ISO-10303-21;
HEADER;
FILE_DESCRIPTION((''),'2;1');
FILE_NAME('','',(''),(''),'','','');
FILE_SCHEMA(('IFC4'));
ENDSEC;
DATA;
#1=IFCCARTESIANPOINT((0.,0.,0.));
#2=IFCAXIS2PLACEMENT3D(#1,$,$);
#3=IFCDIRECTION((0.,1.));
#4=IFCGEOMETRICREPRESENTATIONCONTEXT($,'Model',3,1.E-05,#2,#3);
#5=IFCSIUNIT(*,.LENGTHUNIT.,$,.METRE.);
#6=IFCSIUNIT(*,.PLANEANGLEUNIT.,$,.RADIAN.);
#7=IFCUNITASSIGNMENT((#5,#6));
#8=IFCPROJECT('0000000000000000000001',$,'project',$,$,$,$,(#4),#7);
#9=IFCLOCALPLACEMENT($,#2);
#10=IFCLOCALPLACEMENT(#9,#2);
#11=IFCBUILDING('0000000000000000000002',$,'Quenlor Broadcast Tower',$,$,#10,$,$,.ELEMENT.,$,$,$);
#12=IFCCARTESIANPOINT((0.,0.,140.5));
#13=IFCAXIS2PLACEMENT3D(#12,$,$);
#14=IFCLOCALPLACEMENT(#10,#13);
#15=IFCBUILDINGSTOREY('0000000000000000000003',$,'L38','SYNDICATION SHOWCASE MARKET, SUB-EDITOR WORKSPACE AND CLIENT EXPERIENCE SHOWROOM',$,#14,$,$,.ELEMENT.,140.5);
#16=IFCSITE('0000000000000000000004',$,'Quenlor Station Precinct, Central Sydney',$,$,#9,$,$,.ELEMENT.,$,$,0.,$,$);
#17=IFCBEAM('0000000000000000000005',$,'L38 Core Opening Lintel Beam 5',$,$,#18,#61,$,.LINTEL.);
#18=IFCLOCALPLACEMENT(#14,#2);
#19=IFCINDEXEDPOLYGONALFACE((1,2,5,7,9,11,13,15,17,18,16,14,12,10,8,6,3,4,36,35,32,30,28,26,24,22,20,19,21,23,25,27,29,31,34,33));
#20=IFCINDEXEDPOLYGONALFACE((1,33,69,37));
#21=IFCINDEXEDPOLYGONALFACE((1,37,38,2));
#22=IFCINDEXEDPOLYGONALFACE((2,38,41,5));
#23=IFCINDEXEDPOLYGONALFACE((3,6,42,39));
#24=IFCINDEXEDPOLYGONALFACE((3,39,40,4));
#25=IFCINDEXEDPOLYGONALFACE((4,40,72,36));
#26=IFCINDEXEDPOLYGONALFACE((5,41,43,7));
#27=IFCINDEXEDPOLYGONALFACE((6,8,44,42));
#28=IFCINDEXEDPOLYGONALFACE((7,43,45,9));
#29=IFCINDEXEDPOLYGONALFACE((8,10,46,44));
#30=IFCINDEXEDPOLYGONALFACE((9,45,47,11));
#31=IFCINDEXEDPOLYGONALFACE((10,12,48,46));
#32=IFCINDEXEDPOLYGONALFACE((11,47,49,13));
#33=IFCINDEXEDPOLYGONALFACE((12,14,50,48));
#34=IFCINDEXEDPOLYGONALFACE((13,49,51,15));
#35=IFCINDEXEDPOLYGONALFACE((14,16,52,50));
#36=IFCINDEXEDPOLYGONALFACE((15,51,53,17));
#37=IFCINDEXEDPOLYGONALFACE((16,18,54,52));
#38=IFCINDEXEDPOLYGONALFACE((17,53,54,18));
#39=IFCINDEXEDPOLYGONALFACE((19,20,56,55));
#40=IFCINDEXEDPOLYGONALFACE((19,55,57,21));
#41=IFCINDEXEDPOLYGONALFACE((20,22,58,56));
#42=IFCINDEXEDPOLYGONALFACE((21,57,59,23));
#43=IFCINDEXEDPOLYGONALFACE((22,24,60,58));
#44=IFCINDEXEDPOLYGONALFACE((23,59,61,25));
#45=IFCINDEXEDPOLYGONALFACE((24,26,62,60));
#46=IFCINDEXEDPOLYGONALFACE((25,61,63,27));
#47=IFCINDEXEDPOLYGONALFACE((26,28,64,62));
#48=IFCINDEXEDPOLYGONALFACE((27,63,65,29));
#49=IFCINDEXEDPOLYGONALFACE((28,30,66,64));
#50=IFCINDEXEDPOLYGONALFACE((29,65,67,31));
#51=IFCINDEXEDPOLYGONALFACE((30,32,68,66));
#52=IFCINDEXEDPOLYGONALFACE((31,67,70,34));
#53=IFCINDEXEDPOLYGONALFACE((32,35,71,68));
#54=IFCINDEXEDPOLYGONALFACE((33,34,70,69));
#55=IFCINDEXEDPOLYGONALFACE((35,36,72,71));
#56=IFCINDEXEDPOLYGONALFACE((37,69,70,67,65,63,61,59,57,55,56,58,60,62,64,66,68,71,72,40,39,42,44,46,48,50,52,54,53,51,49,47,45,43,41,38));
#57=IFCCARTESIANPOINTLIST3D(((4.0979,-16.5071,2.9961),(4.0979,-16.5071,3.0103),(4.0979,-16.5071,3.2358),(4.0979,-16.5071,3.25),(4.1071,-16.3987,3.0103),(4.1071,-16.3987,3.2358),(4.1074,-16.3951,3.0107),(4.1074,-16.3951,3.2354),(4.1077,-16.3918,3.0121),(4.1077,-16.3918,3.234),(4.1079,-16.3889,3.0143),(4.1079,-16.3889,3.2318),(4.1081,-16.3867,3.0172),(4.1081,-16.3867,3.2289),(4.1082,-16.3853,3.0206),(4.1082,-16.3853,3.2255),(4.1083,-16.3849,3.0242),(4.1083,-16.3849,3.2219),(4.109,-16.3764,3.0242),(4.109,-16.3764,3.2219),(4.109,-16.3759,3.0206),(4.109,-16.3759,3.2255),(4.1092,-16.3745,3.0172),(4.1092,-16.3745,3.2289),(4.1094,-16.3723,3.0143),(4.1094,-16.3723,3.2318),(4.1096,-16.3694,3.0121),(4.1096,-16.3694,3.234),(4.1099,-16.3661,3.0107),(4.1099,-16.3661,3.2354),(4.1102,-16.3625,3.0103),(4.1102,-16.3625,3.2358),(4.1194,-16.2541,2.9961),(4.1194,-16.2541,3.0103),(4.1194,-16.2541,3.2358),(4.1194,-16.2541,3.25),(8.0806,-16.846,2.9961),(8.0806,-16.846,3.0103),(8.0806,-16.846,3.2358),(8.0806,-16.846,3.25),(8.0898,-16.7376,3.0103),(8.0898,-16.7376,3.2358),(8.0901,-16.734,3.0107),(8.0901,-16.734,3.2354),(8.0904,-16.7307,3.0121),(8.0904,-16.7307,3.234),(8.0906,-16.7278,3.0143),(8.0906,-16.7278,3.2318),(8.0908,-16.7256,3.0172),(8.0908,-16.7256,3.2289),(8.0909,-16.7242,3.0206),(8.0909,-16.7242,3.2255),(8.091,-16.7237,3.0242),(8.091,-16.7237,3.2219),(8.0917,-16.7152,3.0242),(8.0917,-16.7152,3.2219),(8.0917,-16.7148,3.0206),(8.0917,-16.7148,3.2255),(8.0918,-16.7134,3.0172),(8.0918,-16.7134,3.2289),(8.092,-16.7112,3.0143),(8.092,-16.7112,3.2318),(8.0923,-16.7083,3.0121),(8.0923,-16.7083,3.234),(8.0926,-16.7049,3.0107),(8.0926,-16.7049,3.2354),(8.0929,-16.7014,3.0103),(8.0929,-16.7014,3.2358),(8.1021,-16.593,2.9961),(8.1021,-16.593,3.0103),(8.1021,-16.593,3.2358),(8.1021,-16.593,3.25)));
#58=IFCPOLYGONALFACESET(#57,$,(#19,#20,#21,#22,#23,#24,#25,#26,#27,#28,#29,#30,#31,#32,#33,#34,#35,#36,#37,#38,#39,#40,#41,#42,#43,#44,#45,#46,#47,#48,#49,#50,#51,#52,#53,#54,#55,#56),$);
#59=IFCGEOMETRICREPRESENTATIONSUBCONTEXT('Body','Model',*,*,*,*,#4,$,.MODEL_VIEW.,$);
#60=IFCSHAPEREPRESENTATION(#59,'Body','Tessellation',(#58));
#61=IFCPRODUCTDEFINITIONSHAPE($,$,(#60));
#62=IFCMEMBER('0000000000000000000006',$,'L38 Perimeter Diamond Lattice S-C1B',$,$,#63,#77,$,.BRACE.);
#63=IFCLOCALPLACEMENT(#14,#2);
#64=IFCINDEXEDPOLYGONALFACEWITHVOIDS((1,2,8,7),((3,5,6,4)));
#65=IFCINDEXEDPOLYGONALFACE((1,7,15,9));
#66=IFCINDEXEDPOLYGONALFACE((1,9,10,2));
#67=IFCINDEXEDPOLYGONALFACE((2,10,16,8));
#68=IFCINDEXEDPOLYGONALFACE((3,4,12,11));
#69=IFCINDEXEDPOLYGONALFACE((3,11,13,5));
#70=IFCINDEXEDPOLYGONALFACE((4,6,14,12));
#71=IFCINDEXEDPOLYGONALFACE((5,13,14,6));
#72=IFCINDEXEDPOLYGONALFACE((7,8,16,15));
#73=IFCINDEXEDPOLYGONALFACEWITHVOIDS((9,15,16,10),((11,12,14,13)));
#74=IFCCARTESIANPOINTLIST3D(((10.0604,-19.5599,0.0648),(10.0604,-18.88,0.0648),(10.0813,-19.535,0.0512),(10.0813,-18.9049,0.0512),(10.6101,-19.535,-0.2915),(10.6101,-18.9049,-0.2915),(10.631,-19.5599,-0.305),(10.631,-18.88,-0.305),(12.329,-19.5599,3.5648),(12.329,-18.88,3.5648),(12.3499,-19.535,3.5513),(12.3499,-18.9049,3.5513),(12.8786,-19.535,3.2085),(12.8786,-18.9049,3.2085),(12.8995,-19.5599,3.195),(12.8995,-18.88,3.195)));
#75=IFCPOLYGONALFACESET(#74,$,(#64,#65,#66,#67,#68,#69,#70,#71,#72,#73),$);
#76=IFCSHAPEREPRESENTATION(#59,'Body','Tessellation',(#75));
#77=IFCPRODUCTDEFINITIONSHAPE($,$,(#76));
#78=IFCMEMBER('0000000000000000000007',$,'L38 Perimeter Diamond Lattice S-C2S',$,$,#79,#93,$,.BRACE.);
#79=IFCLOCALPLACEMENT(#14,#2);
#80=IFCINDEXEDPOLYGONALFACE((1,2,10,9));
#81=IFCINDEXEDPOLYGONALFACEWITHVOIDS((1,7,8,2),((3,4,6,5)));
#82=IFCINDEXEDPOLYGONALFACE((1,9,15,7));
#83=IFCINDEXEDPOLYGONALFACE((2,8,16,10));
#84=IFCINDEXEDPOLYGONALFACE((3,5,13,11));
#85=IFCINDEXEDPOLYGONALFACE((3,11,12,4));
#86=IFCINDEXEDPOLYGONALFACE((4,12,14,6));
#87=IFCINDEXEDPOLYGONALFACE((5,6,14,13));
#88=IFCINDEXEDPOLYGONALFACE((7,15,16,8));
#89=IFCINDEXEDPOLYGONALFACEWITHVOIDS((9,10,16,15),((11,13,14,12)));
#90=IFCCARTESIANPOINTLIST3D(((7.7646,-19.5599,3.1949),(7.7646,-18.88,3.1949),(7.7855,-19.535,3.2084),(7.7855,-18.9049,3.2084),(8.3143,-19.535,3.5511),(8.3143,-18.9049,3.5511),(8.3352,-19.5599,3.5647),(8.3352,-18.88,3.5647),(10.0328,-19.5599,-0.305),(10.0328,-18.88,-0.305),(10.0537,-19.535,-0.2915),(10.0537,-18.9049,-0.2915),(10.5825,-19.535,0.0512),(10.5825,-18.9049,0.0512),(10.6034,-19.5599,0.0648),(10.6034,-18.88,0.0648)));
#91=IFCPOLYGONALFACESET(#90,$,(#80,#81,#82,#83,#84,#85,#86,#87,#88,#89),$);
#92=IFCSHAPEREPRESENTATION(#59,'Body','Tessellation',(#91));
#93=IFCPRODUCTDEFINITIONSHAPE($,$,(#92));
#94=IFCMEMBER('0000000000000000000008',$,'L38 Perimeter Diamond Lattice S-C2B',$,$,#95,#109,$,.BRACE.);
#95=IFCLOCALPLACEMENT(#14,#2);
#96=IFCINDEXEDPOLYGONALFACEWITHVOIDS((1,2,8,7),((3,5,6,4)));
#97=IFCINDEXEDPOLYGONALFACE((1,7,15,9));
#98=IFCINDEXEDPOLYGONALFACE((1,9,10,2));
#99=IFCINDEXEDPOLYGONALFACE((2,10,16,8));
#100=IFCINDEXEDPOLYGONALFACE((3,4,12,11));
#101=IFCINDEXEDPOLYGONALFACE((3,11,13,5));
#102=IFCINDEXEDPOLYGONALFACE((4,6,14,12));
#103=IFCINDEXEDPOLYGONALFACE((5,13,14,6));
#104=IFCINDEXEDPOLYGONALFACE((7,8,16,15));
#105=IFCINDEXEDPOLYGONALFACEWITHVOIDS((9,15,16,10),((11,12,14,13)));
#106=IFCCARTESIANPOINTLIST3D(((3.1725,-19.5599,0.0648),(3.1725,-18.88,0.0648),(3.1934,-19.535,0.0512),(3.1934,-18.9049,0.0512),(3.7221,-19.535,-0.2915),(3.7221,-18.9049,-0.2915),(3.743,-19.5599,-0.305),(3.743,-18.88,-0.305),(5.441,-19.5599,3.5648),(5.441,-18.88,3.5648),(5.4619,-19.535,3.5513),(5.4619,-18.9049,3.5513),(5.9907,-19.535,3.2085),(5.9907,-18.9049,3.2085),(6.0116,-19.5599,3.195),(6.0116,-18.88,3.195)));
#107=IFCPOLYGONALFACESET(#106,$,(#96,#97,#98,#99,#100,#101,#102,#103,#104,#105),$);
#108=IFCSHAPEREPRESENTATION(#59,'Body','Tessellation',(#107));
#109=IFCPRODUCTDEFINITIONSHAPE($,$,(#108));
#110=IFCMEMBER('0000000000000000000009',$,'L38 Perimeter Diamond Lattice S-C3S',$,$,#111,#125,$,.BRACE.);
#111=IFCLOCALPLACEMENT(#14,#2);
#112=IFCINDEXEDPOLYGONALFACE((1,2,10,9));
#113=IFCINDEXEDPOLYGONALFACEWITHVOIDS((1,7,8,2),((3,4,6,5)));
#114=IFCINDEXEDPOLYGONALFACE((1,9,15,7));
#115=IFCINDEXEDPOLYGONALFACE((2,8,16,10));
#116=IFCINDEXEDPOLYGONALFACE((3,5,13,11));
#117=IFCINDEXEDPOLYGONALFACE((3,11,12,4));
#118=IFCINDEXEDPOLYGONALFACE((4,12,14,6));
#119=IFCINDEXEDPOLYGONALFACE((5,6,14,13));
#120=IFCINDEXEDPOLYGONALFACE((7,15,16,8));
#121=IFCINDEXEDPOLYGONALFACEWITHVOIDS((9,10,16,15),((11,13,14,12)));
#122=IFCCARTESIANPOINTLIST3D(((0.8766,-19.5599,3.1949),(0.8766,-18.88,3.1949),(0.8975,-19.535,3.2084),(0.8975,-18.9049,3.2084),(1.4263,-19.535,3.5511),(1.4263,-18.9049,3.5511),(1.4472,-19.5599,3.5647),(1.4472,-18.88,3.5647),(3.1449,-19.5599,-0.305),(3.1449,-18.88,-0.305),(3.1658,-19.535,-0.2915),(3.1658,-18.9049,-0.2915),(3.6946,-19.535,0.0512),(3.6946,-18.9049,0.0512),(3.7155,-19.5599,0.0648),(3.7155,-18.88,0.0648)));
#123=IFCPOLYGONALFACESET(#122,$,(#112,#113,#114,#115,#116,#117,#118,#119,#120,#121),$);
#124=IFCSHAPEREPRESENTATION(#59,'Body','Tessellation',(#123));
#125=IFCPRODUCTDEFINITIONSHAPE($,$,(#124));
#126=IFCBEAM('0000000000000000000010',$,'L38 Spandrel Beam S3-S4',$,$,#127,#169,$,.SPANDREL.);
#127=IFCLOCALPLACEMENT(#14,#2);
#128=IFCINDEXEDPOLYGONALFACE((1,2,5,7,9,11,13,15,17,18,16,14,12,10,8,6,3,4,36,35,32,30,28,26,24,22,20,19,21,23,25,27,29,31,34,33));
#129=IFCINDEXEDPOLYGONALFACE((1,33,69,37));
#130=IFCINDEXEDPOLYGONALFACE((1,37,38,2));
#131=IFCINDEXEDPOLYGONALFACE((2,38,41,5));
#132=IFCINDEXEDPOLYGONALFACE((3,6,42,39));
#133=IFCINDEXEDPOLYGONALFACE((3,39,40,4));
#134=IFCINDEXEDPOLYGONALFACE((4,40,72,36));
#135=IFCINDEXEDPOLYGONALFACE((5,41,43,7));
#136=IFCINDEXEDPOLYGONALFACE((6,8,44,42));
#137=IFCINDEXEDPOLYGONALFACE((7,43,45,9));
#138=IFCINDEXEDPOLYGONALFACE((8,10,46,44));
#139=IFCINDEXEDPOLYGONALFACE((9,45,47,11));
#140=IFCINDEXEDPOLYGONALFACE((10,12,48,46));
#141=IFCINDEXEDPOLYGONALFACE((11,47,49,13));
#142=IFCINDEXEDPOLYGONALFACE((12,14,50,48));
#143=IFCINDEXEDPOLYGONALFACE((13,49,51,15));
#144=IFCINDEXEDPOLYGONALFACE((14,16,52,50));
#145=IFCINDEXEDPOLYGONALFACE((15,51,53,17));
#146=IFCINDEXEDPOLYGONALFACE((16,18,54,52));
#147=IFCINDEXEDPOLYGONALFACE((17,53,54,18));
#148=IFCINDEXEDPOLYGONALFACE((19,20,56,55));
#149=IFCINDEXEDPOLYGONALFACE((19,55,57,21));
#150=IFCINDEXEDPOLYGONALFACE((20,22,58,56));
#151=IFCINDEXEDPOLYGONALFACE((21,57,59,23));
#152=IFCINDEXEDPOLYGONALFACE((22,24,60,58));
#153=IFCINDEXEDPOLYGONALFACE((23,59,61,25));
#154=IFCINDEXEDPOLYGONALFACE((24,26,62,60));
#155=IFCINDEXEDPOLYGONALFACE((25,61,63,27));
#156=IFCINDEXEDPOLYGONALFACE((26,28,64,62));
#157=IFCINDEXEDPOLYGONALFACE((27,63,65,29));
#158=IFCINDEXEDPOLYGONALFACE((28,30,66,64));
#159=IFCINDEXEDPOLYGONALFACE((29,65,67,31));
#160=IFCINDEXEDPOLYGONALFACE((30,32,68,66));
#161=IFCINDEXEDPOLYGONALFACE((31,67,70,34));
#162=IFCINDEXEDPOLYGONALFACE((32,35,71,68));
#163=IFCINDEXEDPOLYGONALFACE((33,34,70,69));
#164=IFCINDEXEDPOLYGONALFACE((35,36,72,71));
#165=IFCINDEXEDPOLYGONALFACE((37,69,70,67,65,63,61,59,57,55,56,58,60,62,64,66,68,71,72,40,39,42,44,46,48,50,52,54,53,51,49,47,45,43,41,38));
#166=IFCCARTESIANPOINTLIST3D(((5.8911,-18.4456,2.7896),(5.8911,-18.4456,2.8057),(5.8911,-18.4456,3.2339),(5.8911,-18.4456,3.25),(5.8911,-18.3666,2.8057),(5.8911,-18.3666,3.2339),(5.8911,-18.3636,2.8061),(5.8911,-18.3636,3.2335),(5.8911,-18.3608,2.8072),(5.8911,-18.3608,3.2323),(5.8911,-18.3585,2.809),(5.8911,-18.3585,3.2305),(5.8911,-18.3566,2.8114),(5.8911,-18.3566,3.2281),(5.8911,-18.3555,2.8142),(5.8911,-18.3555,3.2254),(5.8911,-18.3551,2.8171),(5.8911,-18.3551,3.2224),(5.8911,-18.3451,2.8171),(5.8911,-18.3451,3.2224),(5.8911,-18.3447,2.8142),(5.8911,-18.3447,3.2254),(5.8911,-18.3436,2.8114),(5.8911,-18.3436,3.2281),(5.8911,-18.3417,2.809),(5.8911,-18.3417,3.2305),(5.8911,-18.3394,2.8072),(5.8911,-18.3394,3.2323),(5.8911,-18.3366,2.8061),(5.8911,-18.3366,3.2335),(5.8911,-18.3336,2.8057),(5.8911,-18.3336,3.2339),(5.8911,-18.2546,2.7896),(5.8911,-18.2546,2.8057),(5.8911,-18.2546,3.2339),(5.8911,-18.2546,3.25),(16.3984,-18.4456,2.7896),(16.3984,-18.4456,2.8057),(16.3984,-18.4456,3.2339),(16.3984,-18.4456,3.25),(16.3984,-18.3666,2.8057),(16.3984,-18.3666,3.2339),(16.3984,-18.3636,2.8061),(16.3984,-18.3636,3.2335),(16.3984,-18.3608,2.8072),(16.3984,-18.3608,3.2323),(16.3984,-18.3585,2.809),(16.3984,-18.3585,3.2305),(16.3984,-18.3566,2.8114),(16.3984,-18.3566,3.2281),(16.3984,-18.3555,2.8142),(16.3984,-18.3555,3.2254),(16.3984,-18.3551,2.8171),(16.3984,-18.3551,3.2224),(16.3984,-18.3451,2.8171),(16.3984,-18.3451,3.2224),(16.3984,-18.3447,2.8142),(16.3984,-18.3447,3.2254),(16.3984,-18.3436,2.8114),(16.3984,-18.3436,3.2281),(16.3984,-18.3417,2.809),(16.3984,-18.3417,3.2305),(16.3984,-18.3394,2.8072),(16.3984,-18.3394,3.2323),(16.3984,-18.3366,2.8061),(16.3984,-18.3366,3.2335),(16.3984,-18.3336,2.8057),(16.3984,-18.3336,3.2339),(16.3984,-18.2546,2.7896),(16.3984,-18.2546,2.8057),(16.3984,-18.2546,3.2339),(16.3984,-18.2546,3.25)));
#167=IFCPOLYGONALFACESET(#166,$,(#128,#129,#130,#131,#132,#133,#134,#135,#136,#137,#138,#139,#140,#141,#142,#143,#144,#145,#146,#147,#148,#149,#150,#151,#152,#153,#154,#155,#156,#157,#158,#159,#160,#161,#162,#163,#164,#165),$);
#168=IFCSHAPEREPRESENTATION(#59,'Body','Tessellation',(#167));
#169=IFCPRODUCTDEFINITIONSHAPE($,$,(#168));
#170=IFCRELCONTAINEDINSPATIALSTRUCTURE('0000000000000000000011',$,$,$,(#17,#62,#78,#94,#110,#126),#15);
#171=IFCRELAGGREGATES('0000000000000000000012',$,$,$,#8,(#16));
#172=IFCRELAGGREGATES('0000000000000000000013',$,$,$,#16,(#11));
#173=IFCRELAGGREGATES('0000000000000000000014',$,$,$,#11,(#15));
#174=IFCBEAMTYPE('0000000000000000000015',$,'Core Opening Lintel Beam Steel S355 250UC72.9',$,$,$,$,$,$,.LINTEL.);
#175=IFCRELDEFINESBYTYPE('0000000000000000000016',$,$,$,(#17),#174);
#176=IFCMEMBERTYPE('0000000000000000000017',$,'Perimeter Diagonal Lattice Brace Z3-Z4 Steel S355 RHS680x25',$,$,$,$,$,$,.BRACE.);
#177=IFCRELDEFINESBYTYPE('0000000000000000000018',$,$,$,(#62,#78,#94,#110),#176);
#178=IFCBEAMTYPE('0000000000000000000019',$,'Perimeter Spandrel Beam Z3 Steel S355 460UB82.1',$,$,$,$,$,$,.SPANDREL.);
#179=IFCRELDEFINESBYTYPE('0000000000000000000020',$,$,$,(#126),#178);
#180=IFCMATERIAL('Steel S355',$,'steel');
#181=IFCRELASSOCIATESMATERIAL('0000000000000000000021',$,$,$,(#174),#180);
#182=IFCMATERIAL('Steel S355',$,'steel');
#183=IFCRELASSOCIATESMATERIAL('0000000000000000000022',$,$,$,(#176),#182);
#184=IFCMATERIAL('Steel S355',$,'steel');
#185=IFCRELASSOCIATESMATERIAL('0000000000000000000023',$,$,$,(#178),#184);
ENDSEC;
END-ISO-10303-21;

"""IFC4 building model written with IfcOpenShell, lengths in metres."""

from ifc_helpers import new_model, si_unit, direction, frame, origin, origin_2d, place, context, subcontext, project, spatial, hollow_rectangle, i_section, extrude, material, material_profile, profile_set, type_object, element, save


model = new_model("IFC4")

# Units and contexts
model_context = context("Model", 3, precision=1e-05, world=origin(), true_north=direction((0.0, 1.0)))
body_context = subcontext(model_context, "Body", "Model", "MODEL_VIEW")
ifc_project = project(units=[si_unit("LENGTHUNIT", "METRE"), si_unit("PLANEANGLEUNIT", "RADIAN")], contexts=[model_context])

# Site, building, storey
site_placement = place(None, origin())
site = spatial("IfcSite", under=ifc_project, at=site_placement, Name="Quenlor Station Precinct, Central Sydney", CompositionType="ELEMENT", RefElevation=0.0)
building_placement = place(site_placement, origin())
building = spatial("IfcBuilding", under=site, at=building_placement, Name="Quenlor Broadcast Tower", CompositionType="ELEMENT")
storey_placement = place(building_placement, frame((0.0, 0.0, 140.5)))
storey = spatial("IfcBuildingStorey", under=building, at=storey_placement, Name="L38", Description="SYNDICATION SHOWCASE MARKET, SUB-EDITOR WORKSPACE AND CLIENT EXPERIENCE SHOWROOM", CompositionType="ELEMENT", Elevation=140.5)

# Beam
ifc_material_1 = material(Name="Steel S355", Category="steel")
ifc_material_profile_1 = material_profile(ifc_material_1, i_section(OverallWidth=0.2539, OverallDepth=0.2539, WebThickness=0.0085, FlangeThickness=0.0142, FilletRadius=0.0139, at=origin_2d()))
ifc_profile_set_1 = profile_set([ifc_material_profile_1], Name="Steel S355 250UC72.9")
beam_type_1 = type_object("IfcBeamType", Name="Core Opening Lintel Beam Steel S355 250UC72.9", PredefinedType="LINTEL", material=ifc_profile_set_1)
beam_1_placement = place(storey_placement, frame((4.1086, -16.3806, 3.123), z_axis=(0.9964, -0.084779, 0.0), x_axis=(0.084779, 0.9964, 0.0)))
element("IfcBeam", 1, at=beam_1_placement, inside=storey, type_object=beam_type_1, Name="L38 Core Opening Lintel Beam 5", PredefinedType="LINTEL", context=body_context, shape_type="SweptSolid", body=[
    extrude(i_section(OverallWidth=0.2539, OverallDepth=0.2539, WebThickness=0.0085, FlangeThickness=0.0142, FilletRadius=0.0139, at=origin_2d()), origin(), (0.0, 0.0, 1.0), 3.9971),
])

# Members
ifc_material_2 = material(Name="Steel S355", Category="steel")
ifc_material_profile_2 = material_profile(ifc_material_2, hollow_rectangle(XDim=0.6799, YDim=0.6799, WallThickness=0.0249, at=origin_2d()))
ifc_profile_set_2 = profile_set([ifc_material_profile_2], Name="Steel S355 RHS680x680x25")
member_type_1 = type_object("IfcMemberType", Name="Perimeter Diagonal Lattice Brace Z3-Z4 Steel S355 RHS680x25", PredefinedType="BRACE", material=ifc_profile_set_2)
member_1_placement = place(storey_placement, frame((10.3457, -19.22, -0.1201), z_axis=(0.543902, 0.0, 0.839149), x_axis=(0.0, 1.0, 0.0)))
element("IfcMember", 2, at=member_1_placement, inside=storey, type_object=member_type_1, Name="L38 Perimeter Diamond Lattice S-C1B", PredefinedType="BRACE", context=body_context, shape_type="SweptSolid", body=[
    extrude(hollow_rectangle(XDim=0.6799, YDim=0.6799, WallThickness=0.0249, at=origin_2d()), origin(), (0.0, 0.0, 1.0), 4.1709),
])
member_2_placement = place(storey_placement, frame((10.3181, -19.22, -0.1201), z_axis=(-0.54386, 0.0, 0.839176), x_axis=(0.0, -1.0, 0.0)))
element("IfcMember", 3, at=member_2_placement, inside=storey, type_object=member_type_1, Name="L38 Perimeter Diamond Lattice S-C2S", PredefinedType="BRACE", context=body_context, shape_type="SweptSolid", body=[
    extrude(hollow_rectangle(XDim=0.6799, YDim=0.6799, WallThickness=0.0249, at=origin_2d()), origin(), (0.0, 0.0, 1.0), 4.1707),
])
member_3_placement = place(storey_placement, frame((3.4578, -19.22, -0.1201), z_axis=(0.543902, 0.0, 0.839149), x_axis=(0.0, 1.0, 0.0)))
element("IfcMember", 4, at=member_3_placement, inside=storey, type_object=member_type_1, Name="L38 Perimeter Diamond Lattice S-C2B", PredefinedType="BRACE", context=body_context, shape_type="SweptSolid", body=[
    extrude(hollow_rectangle(XDim=0.6799, YDim=0.6799, WallThickness=0.0249, at=origin_2d()), origin(), (0.0, 0.0, 1.0), 4.1709),
])
member_4_placement = place(storey_placement, frame((3.4302, -19.22, -0.1201), z_axis=(-0.54386, 0.0, 0.839176), x_axis=(0.0, -1.0, 0.0)))
element("IfcMember", 5, at=member_4_placement, inside=storey, type_object=member_type_1, Name="L38 Perimeter Diamond Lattice S-C3S", PredefinedType="BRACE", context=body_context, shape_type="SweptSolid", body=[
    extrude(hollow_rectangle(XDim=0.6799, YDim=0.6799, WallThickness=0.0249, at=origin_2d()), origin(), (0.0, 0.0, 1.0), 4.1707),
])

# Beam
ifc_material_3 = material(Name="Steel S355", Category="steel")
ifc_material_profile_3 = material_profile(ifc_material_3, i_section(OverallWidth=0.1909, OverallDepth=0.4604, WebThickness=0.01, FlangeThickness=0.0161, FilletRadius=0.0115, at=origin_2d()))
ifc_profile_set_3 = profile_set([ifc_material_profile_3], Name="Steel S355 460UB82.1")
beam_type_2 = type_object("IfcBeamType", Name="Perimeter Spandrel Beam Z3 Steel S355 460UB82.1", PredefinedType="SPANDREL", material=ifc_profile_set_3)
beam_2_placement = place(storey_placement, frame((5.8911, -18.3501, 3.0198), z_axis=(1.0, 0.0, 0.0), x_axis=(0.0, 1.0, 0.0)))
element("IfcBeam", 6, at=beam_2_placement, inside=storey, type_object=beam_type_2, Name="L38 Spandrel Beam S3-S4", PredefinedType="SPANDREL", context=body_context, shape_type="SweptSolid", body=[
    extrude(i_section(OverallWidth=0.1909, OverallDepth=0.4604, WebThickness=0.01, FlangeThickness=0.0161, FilletRadius=0.0115, at=origin_2d()), origin(), (0.0, 0.0, 1.0), 10.5073),
])

save(model, "model.ifc")
